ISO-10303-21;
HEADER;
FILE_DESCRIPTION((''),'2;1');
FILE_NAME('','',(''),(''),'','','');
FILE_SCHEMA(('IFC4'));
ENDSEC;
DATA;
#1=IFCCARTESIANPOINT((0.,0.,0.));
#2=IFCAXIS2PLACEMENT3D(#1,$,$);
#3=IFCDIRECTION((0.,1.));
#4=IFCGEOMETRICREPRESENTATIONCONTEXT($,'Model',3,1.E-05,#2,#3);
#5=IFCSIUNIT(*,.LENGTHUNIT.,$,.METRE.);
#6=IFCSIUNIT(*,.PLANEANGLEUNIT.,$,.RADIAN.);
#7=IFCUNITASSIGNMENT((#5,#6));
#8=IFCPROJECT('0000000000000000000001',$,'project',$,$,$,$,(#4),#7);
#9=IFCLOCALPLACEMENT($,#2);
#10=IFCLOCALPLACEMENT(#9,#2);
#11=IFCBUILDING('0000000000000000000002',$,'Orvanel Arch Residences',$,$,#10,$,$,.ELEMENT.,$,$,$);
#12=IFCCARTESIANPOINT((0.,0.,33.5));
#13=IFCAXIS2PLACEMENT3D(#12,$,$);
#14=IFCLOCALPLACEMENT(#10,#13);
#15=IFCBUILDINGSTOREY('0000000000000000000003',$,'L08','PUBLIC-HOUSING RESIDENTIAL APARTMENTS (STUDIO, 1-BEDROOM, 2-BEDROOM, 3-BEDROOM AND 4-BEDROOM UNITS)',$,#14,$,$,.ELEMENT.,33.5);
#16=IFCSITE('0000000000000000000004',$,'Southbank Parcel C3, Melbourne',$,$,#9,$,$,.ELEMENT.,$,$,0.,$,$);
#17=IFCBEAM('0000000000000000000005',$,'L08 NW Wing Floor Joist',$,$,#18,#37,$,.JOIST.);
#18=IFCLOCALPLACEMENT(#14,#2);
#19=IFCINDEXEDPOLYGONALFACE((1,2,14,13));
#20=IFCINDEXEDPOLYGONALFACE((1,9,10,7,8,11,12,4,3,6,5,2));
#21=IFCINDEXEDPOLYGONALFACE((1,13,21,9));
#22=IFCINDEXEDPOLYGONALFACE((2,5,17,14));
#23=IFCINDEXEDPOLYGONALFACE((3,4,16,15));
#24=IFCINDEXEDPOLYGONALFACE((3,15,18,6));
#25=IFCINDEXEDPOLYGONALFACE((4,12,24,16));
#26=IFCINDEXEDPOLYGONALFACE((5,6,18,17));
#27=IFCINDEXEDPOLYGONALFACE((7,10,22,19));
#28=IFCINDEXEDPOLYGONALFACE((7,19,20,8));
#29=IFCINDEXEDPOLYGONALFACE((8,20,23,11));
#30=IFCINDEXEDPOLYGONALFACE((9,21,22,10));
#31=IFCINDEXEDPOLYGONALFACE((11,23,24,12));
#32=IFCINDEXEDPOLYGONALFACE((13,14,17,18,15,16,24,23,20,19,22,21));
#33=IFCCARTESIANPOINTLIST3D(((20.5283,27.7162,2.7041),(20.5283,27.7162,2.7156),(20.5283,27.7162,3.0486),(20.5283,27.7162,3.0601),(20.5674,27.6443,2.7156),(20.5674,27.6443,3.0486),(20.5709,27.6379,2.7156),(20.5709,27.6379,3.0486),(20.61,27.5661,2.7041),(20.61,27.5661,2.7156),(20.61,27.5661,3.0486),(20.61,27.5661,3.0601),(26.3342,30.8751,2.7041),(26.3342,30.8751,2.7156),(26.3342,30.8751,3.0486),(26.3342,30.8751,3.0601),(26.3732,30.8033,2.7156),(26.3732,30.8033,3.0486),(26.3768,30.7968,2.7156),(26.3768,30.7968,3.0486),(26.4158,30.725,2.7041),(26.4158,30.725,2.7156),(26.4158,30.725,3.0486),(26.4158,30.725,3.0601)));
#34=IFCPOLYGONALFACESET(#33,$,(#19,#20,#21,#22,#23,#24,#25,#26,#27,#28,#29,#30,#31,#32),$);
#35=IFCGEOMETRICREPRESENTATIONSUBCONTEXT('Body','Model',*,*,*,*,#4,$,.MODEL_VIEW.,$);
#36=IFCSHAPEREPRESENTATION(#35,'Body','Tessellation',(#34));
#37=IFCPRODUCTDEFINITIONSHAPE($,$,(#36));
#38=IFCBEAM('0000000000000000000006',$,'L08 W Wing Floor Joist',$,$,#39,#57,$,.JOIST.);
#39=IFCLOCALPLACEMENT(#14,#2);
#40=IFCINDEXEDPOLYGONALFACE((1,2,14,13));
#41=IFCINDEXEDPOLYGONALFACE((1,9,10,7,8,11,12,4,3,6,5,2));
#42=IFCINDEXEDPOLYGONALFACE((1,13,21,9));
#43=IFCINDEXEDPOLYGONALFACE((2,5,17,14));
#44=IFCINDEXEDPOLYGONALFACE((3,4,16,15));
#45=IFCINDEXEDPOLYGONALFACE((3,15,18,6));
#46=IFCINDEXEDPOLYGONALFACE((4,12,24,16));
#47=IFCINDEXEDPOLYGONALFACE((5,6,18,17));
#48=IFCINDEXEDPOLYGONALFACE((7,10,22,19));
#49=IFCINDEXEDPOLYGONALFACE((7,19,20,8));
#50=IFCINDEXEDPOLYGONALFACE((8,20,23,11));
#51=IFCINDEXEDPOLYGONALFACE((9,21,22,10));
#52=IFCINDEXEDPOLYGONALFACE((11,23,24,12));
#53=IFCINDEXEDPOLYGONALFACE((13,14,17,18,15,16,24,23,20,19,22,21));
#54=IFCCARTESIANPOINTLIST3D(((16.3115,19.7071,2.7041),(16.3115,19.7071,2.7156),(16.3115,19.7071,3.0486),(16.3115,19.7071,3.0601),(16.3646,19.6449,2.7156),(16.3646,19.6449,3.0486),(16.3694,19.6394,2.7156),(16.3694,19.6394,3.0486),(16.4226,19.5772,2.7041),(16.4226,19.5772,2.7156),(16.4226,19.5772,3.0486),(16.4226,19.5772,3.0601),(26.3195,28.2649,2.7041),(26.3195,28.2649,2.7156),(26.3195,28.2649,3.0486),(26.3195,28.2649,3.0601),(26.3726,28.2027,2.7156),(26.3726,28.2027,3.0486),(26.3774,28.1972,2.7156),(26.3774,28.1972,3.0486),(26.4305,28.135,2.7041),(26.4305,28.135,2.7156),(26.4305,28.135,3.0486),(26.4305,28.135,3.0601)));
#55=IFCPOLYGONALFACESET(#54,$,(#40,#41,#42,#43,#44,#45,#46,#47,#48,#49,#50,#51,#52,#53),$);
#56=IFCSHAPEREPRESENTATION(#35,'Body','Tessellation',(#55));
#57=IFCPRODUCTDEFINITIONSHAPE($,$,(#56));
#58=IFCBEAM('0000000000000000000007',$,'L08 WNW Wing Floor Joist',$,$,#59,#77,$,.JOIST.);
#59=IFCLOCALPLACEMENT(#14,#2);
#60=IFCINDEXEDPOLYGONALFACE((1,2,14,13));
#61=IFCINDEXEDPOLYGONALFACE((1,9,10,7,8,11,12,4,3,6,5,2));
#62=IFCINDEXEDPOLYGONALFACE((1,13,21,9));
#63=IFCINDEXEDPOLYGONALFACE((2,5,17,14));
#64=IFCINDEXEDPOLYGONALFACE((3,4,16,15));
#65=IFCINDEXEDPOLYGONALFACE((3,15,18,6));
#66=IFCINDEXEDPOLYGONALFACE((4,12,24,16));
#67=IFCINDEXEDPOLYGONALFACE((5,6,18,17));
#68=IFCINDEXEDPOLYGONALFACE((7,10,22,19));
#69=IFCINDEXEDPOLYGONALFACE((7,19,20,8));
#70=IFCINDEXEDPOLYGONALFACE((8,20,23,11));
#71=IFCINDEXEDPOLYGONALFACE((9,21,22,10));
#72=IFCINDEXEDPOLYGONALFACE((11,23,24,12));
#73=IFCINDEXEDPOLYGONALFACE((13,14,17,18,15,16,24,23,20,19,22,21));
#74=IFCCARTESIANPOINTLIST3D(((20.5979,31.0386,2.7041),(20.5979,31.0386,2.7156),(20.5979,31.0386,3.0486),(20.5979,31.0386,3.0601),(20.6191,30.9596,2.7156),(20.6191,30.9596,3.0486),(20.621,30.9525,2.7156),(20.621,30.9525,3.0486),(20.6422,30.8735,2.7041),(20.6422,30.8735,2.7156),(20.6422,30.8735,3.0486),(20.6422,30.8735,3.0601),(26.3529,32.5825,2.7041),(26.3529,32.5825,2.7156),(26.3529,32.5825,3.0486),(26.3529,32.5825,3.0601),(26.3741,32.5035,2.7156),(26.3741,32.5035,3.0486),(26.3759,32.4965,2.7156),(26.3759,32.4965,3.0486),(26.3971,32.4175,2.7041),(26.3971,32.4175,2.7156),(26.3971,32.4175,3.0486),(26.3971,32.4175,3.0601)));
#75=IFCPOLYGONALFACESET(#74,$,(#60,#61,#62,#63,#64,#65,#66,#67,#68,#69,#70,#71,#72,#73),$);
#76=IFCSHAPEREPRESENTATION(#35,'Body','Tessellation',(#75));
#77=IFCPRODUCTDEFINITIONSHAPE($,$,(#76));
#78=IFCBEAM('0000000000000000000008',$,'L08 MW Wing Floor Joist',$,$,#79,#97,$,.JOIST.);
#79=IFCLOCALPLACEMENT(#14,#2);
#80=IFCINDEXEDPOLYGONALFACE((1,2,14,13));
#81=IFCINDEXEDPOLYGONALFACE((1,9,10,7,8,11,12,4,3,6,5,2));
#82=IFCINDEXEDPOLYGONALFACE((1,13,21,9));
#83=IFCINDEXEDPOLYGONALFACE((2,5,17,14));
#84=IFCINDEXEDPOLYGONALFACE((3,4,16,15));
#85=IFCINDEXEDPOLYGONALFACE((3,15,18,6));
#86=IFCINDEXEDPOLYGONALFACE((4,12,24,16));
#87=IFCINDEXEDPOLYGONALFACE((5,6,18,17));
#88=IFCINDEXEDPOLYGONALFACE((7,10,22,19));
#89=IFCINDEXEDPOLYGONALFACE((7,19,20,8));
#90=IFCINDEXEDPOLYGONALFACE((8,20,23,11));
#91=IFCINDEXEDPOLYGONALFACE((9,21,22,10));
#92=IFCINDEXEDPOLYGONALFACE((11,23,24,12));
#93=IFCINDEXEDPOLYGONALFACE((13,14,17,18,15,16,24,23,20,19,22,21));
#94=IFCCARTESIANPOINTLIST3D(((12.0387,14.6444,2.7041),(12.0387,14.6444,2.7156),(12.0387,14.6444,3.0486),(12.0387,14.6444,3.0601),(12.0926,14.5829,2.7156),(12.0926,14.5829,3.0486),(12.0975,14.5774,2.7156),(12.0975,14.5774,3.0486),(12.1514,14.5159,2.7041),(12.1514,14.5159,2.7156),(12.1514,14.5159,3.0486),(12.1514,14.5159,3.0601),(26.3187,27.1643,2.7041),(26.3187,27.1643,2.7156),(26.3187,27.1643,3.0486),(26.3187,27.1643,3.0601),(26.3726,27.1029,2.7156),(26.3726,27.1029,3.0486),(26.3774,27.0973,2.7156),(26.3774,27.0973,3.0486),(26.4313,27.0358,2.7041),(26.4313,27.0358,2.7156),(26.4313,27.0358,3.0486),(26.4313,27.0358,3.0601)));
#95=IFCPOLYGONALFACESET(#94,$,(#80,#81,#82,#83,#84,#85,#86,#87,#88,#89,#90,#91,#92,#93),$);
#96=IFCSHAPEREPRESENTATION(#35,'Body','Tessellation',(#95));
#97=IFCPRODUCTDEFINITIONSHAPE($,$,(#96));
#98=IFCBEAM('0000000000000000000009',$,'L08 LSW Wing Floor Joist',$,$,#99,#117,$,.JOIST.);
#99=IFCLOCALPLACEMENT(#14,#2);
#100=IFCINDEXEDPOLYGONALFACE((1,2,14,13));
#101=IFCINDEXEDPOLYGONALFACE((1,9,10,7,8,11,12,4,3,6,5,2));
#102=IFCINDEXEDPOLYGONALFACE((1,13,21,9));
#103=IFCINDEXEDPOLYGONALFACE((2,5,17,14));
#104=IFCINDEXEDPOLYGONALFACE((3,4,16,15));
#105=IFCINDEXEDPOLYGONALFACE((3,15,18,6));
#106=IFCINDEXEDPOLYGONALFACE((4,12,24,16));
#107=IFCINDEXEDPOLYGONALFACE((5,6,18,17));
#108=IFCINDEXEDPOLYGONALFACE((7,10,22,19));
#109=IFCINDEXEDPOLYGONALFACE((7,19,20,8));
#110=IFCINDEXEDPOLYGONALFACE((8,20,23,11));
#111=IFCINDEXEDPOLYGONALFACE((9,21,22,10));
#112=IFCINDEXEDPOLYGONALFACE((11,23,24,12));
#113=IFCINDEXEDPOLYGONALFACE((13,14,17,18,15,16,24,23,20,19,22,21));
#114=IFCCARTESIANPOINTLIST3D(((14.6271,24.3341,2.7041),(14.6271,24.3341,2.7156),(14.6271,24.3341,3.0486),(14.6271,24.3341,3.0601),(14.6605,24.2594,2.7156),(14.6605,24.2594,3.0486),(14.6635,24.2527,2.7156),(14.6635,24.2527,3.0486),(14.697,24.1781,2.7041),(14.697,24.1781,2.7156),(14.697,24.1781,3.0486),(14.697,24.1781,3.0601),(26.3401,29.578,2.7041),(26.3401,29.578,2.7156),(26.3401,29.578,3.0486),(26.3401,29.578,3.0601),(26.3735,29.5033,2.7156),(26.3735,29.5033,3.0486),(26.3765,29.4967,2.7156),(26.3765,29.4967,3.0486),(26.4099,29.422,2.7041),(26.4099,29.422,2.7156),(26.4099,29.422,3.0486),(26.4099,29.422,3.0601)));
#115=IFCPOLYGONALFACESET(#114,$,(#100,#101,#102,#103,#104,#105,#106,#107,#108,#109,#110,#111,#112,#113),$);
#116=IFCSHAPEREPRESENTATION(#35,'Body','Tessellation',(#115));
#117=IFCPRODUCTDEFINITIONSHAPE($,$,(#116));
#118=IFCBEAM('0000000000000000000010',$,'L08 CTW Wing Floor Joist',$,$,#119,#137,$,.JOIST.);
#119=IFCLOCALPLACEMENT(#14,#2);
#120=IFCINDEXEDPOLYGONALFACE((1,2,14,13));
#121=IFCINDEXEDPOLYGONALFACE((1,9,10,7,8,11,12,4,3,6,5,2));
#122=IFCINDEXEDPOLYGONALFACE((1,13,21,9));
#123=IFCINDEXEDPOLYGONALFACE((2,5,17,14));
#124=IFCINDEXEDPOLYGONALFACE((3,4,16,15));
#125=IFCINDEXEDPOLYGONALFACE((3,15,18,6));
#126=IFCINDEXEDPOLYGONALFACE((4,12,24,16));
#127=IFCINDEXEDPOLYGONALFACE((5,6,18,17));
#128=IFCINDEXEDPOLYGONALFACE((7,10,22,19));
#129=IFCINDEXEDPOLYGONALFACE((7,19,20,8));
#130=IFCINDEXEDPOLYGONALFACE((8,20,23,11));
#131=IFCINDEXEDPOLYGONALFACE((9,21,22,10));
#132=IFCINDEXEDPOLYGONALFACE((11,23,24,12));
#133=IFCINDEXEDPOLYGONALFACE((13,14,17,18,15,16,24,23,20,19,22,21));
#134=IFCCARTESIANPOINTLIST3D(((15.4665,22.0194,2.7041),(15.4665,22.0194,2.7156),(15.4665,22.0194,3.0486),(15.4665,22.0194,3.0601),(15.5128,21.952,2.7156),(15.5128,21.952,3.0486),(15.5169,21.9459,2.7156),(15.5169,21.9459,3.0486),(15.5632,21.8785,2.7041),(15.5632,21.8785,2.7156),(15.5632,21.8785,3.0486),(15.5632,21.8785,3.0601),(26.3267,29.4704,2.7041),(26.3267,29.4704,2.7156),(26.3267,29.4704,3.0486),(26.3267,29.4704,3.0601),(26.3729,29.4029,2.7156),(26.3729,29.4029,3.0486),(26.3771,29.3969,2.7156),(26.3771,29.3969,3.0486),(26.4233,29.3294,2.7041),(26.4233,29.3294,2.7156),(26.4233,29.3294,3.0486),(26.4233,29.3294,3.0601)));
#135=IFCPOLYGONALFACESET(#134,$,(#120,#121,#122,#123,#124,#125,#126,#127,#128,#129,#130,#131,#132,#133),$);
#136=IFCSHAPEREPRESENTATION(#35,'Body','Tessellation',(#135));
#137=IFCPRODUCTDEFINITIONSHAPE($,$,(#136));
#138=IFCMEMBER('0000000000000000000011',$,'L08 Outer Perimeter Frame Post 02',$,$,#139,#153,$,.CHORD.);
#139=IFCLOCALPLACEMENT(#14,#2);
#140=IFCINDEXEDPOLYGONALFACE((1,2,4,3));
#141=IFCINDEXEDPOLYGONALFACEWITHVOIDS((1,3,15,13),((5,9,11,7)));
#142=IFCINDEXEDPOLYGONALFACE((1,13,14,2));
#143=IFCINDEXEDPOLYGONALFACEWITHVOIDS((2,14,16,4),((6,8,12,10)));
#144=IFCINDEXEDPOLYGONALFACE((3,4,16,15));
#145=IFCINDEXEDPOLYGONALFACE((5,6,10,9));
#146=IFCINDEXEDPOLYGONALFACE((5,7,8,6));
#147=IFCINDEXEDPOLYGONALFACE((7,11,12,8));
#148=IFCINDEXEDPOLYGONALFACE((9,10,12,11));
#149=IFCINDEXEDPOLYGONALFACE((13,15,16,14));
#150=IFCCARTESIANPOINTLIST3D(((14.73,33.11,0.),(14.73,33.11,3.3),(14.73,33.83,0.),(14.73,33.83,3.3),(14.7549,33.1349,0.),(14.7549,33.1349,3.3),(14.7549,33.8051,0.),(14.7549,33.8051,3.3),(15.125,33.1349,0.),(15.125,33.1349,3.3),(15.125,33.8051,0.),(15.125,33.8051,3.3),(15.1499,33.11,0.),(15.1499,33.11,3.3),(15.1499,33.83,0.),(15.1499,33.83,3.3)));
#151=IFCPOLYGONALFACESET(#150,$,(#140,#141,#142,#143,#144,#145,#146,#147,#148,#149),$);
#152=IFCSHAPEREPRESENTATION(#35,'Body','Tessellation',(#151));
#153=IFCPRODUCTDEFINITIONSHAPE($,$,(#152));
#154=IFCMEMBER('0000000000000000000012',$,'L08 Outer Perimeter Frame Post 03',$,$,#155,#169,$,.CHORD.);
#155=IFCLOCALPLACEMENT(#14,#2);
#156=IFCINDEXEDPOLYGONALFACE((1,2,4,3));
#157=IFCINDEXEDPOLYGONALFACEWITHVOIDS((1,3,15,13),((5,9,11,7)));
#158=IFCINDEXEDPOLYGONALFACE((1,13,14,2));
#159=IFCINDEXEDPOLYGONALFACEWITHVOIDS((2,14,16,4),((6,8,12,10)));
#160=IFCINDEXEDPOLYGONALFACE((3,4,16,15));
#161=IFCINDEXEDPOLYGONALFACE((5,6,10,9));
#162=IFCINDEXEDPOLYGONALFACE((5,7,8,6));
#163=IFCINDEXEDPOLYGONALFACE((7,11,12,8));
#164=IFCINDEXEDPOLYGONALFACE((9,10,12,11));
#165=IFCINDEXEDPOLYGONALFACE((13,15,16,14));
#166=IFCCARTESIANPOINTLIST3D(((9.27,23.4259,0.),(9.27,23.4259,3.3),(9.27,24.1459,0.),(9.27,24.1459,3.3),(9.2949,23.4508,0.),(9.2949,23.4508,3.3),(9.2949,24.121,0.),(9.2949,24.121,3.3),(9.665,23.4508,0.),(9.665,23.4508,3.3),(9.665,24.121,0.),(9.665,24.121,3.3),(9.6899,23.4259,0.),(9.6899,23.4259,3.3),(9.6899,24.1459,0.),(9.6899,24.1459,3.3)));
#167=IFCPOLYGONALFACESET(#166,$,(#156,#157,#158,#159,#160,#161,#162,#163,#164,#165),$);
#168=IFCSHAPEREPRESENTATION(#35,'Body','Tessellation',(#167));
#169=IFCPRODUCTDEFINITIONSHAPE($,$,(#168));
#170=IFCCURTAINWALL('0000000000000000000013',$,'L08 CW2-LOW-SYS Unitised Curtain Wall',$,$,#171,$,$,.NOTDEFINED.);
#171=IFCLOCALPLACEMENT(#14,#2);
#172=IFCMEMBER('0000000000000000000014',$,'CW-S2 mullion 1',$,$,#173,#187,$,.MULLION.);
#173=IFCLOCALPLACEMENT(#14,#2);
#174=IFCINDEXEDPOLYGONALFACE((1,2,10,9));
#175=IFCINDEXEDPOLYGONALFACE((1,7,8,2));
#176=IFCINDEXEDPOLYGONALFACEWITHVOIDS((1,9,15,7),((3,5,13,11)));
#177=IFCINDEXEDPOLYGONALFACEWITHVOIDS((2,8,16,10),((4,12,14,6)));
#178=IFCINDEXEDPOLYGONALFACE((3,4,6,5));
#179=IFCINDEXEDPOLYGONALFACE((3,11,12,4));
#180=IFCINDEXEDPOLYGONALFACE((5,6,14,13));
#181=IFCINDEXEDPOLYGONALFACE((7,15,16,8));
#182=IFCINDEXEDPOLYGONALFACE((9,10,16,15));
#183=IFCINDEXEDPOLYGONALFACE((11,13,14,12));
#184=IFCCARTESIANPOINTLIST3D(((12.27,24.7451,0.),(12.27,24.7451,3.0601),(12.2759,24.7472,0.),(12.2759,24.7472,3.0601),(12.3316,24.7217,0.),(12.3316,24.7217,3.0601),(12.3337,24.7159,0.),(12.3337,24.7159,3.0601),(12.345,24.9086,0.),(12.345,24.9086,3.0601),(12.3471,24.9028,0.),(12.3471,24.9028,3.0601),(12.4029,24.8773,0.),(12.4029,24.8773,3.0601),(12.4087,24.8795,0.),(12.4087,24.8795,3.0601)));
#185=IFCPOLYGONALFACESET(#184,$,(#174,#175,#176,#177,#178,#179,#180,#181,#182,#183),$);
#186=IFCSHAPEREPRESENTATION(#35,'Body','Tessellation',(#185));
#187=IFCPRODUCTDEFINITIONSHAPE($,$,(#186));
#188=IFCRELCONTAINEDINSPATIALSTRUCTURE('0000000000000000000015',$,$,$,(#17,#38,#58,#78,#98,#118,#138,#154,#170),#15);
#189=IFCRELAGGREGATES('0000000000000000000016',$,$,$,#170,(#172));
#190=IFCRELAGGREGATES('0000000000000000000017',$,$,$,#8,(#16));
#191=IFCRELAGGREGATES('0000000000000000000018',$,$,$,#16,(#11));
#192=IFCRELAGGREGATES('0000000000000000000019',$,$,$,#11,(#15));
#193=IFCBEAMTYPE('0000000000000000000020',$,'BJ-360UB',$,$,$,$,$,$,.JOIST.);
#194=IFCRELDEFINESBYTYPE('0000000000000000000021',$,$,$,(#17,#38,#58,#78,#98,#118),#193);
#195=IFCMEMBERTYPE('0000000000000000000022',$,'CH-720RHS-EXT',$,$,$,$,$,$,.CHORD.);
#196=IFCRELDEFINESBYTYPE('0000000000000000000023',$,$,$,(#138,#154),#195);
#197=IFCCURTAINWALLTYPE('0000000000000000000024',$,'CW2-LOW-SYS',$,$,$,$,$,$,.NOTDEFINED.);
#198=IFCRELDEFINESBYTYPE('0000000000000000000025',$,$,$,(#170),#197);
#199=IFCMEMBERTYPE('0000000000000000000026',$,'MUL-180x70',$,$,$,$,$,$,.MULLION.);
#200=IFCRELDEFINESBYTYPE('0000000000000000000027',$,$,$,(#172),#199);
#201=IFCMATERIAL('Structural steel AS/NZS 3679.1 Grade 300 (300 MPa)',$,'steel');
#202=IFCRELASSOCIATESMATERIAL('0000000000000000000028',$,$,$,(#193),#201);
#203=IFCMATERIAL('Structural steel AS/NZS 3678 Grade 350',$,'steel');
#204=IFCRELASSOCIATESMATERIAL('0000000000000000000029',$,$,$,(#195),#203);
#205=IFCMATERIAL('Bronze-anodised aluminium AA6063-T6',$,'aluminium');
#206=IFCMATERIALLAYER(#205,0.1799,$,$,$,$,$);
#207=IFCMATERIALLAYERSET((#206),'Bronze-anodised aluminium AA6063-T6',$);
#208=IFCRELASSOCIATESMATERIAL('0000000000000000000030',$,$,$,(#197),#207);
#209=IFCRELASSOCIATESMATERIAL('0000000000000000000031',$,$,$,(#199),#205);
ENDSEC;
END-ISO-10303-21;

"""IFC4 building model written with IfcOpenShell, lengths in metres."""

from ifc_helpers import new_model, si_unit, direction, frame, origin, origin_2d, place, context, subcontext, project, spatial, hollow_rectangle, i_section, extrude, material, layer, layer_set, material_profile, profile_set, type_object, element, aggregate, save


model = new_model("IFC4")

# Units and contexts
model_context = context("Model", 3, precision=1e-05, world=origin(), true_north=direction((0.0, 1.0)))
body_context = subcontext(model_context, "Body", "Model", "MODEL_VIEW")
ifc_project = project(units=[si_unit("LENGTHUNIT", "METRE"), si_unit("PLANEANGLEUNIT", "RADIAN")], contexts=[model_context])

# Site, building, storey
site_placement = place(None, origin())
site = spatial("IfcSite", under=ifc_project, at=site_placement, Name="Southbank Parcel C3, Melbourne", CompositionType="ELEMENT", RefElevation=0.0)
building_placement = place(site_placement, origin())
building = spatial("IfcBuilding", under=site, at=building_placement, Name="Orvanel Arch Residences", CompositionType="ELEMENT")
storey_placement = place(building_placement, frame((0.0, 0.0, 33.5)))
storey = spatial("IfcBuildingStorey", under=building, at=storey_placement, Name="L08", Description="PUBLIC-HOUSING RESIDENTIAL APARTMENTS (STUDIO, 1-BEDROOM, 2-BEDROOM, 3-BEDROOM AND 4-BEDROOM UNITS)", CompositionType="ELEMENT", Elevation=33.5)

# Beams
ifc_material_1 = material(Name="Structural steel AS/NZS 3679.1 Grade 300 (300 MPa)", Category="steel")
ifc_material_profile_1 = material_profile(ifc_material_1, i_section(OverallWidth=0.1709, OverallDepth=0.356, WebThickness=0.0073, FlangeThickness=0.0115, at=origin_2d()), Name="360UB50.7")
ifc_profile_set_1 = profile_set([ifc_material_profile_1], Name="Structural steel AS/NZS 3679.1 Grade 300 (300 MPa)")
beam_type_1 = type_object("IfcBeamType", Name="BJ-360UB", PredefinedType="JOIST", material=ifc_profile_set_1)
beam_1_placement = place(storey_placement, frame((26.375, 30.8, 2.8821), z_axis=(-0.878399, -0.477928, 0.0), x_axis=(0.477928, -0.878399, 0.0)))
element("IfcBeam", 1, at=beam_1_placement, inside=storey, type_object=beam_type_1, Name="L08 NW Wing Floor Joist", PredefinedType="JOIST", context=body_context, shape_type="SweptSolid", body=[
    extrude(i_section(OverallWidth=0.1709, OverallDepth=0.356, WebThickness=0.0073, FlangeThickness=0.0115, at=origin_2d()), origin(), (0.0, 0.0, 1.0), 6.6096),
])
beam_2_placement = place(storey_placement, frame((26.375, 28.2, 2.8821), z_axis=(-0.760024, -0.649895, 0.0), x_axis=(0.649895, -0.760024, 0.0)))
element("IfcBeam", 2, at=beam_2_placement, inside=storey, type_object=beam_type_1, Name="L08 W Wing Floor Joist", PredefinedType="JOIST", context=body_context, shape_type="SweptSolid", body=[
    extrude(i_section(OverallWidth=0.1709, OverallDepth=0.356, WebThickness=0.0073, FlangeThickness=0.0115, at=origin_2d()), origin(), (0.0, 0.0, 1.0), 13.168),
])
beam_3_placement = place(storey_placement, frame((26.375, 32.5, 2.8821), z_axis=(-0.965845, -0.259121, 0.0), x_axis=(0.259121, -0.965845, 0.0)))
element("IfcBeam", 3, at=beam_3_placement, inside=storey, type_object=beam_type_1, Name="L08 WNW Wing Floor Joist", PredefinedType="JOIST", context=body_context, shape_type="SweptSolid", body=[
    extrude(i_section(OverallWidth=0.1709, OverallDepth=0.356, WebThickness=0.0073, FlangeThickness=0.0115, at=origin_2d()), origin(), (0.0, 0.0, 1.0), 5.9585),
])
beam_4_placement = place(storey_placement, frame((26.375, 27.1001, 2.8821), z_axis=(-0.751924, -0.65925, 0.0), x_axis=(0.65925, -0.751924, 0.0)))
element("IfcBeam", 4, at=beam_4_placement, inside=storey, type_object=beam_type_1, Name="L08 MW Wing Floor Joist", PredefinedType="JOIST", context=body_context, shape_type="SweptSolid", body=[
    extrude(i_section(OverallWidth=0.1709, OverallDepth=0.356, WebThickness=0.0073, FlangeThickness=0.0115, at=origin_2d()), origin(), (0.0, 0.0, 1.0), 18.9912),
])
beam_5_placement = place(storey_placement, frame((26.375, 29.5, 2.8821), z_axis=(-0.912704, -0.408621, 0.0), x_axis=(0.408621, -0.912704, 0.0)))
element("IfcBeam", 5, at=beam_5_placement, inside=storey, type_object=beam_type_1, Name="L08 LSW Wing Floor Joist", PredefinedType="JOIST", context=body_context, shape_type="SweptSolid", body=[
    extrude(i_section(OverallWidth=0.1709, OverallDepth=0.356, WebThickness=0.0073, FlangeThickness=0.0115, at=origin_2d()), origin(), (0.0, 0.0, 1.0), 12.8333),
])
beam_6_placement = place(storey_placement, frame((26.375, 29.3999, 2.8821), z_axis=(-0.824587, -0.565735, 0.0), x_axis=(0.565735, -0.824587, 0.0)))
element("IfcBeam", 6, at=beam_6_placement, inside=storey, type_object=beam_type_1, Name="L08 CTW Wing Floor Joist", PredefinedType="JOIST", context=body_context, shape_type="SweptSolid", body=[
    extrude(i_section(OverallWidth=0.1709, OverallDepth=0.356, WebThickness=0.0073, FlangeThickness=0.0115, at=origin_2d()), origin(), (0.0, 0.0, 1.0), 13.1704),
])

# Members
ifc_material_2 = material(Name="Structural steel AS/NZS 3678 Grade 350", Category="steel")
ifc_material_profile_2 = material_profile(ifc_material_2, hollow_rectangle(XDim=0.4199, YDim=0.72, WallThickness=0.0249, at=origin_2d()), Name="RHS720x420x25")
ifc_profile_set_2 = profile_set([ifc_material_profile_2], Name="Structural steel AS/NZS 3678 Grade 350")
member_type_1 = type_object("IfcMemberType", Name="CH-720RHS-EXT", PredefinedType="CHORD", material=ifc_profile_set_2)
for number, where, z_axis, x_axis, name in (
    (7, (14.9399, 33.47, 0.0), (0.0, 0.0, 1.0), (1.0, 0.0, 0.0), "L08 Outer Perimeter Frame Post 02"),
    (8, (9.48, 23.7859, 0.0), (0.0, 0.0, 1.0), (1.0, 0.0, 0.0), "L08 Outer Perimeter Frame Post 03"),
):
    element("IfcMember", number, at=place(storey_placement, frame(where, z_axis=z_axis, x_axis=x_axis)), inside=storey, type_object=member_type_1, Name=name, PredefinedType="CHORD", context=body_context, shape_type="SweptSolid", body=[
        extrude(hollow_rectangle(XDim=0.4199, YDim=0.72, WallThickness=0.0249, at=origin_2d()), origin(), (0.0, 0.0, 1.0), 3.3),
    ])

# Curtain wall, member
ifc_material_3 = material(Name="Bronze-anodised aluminium AA6063-T6", Category="aluminium")
ifc_layer_1 = layer(ifc_material_3, 0.1799)
ifc_layer_set_1 = layer_set([ifc_layer_1], Name="Bronze-anodised aluminium AA6063-T6")
curtain_wall_type = type_object("IfcCurtainWallType", Name="CW2-LOW-SYS", PredefinedType="NOTDEFINED", material=ifc_layer_set_1)
curtain_wall_placement = place(storey_placement, origin())
curtain_wall = element("IfcCurtainWall", 9, at=curtain_wall_placement, inside=storey, type_object=curtain_wall_type, Name="L08 CW2-LOW-SYS Unitised Curtain Wall", PredefinedType="NOTDEFINED")
ifc_material_profile_3 = material_profile(ifc_material_3, hollow_rectangle(XDim=0.0701, YDim=0.1799, WallThickness=0.0044, at=origin_2d()), Name="ALU180x70x4.5")
ifc_profile_set_3 = profile_set([ifc_material_profile_3], Name="Bronze-anodised aluminium AA6063-T6")
member_type_2 = type_object("IfcMemberType", Name="MUL-180x70", PredefinedType="MULLION", material=ifc_profile_set_3)
member_1_placement = place(storey_placement, frame((12.3394, 24.8123, 0.0), z_axis=(0.0, 0.0, 1.0), x_axis=(0.909118, -0.416538, 0.0)))
member_1 = element("IfcMember", 10, at=member_1_placement, type_object=member_type_2, Name="CW-S2 mullion 1", PredefinedType="MULLION", context=body_context, shape_type="SweptSolid", body=[
    extrude(hollow_rectangle(XDim=0.0701, YDim=0.1799, WallThickness=0.0044, at=origin_2d()), origin(), (0.0, 0.0, 1.0), 3.0601),
])

aggregate(curtain_wall, [member_1])

save(model, "model.ifc")
